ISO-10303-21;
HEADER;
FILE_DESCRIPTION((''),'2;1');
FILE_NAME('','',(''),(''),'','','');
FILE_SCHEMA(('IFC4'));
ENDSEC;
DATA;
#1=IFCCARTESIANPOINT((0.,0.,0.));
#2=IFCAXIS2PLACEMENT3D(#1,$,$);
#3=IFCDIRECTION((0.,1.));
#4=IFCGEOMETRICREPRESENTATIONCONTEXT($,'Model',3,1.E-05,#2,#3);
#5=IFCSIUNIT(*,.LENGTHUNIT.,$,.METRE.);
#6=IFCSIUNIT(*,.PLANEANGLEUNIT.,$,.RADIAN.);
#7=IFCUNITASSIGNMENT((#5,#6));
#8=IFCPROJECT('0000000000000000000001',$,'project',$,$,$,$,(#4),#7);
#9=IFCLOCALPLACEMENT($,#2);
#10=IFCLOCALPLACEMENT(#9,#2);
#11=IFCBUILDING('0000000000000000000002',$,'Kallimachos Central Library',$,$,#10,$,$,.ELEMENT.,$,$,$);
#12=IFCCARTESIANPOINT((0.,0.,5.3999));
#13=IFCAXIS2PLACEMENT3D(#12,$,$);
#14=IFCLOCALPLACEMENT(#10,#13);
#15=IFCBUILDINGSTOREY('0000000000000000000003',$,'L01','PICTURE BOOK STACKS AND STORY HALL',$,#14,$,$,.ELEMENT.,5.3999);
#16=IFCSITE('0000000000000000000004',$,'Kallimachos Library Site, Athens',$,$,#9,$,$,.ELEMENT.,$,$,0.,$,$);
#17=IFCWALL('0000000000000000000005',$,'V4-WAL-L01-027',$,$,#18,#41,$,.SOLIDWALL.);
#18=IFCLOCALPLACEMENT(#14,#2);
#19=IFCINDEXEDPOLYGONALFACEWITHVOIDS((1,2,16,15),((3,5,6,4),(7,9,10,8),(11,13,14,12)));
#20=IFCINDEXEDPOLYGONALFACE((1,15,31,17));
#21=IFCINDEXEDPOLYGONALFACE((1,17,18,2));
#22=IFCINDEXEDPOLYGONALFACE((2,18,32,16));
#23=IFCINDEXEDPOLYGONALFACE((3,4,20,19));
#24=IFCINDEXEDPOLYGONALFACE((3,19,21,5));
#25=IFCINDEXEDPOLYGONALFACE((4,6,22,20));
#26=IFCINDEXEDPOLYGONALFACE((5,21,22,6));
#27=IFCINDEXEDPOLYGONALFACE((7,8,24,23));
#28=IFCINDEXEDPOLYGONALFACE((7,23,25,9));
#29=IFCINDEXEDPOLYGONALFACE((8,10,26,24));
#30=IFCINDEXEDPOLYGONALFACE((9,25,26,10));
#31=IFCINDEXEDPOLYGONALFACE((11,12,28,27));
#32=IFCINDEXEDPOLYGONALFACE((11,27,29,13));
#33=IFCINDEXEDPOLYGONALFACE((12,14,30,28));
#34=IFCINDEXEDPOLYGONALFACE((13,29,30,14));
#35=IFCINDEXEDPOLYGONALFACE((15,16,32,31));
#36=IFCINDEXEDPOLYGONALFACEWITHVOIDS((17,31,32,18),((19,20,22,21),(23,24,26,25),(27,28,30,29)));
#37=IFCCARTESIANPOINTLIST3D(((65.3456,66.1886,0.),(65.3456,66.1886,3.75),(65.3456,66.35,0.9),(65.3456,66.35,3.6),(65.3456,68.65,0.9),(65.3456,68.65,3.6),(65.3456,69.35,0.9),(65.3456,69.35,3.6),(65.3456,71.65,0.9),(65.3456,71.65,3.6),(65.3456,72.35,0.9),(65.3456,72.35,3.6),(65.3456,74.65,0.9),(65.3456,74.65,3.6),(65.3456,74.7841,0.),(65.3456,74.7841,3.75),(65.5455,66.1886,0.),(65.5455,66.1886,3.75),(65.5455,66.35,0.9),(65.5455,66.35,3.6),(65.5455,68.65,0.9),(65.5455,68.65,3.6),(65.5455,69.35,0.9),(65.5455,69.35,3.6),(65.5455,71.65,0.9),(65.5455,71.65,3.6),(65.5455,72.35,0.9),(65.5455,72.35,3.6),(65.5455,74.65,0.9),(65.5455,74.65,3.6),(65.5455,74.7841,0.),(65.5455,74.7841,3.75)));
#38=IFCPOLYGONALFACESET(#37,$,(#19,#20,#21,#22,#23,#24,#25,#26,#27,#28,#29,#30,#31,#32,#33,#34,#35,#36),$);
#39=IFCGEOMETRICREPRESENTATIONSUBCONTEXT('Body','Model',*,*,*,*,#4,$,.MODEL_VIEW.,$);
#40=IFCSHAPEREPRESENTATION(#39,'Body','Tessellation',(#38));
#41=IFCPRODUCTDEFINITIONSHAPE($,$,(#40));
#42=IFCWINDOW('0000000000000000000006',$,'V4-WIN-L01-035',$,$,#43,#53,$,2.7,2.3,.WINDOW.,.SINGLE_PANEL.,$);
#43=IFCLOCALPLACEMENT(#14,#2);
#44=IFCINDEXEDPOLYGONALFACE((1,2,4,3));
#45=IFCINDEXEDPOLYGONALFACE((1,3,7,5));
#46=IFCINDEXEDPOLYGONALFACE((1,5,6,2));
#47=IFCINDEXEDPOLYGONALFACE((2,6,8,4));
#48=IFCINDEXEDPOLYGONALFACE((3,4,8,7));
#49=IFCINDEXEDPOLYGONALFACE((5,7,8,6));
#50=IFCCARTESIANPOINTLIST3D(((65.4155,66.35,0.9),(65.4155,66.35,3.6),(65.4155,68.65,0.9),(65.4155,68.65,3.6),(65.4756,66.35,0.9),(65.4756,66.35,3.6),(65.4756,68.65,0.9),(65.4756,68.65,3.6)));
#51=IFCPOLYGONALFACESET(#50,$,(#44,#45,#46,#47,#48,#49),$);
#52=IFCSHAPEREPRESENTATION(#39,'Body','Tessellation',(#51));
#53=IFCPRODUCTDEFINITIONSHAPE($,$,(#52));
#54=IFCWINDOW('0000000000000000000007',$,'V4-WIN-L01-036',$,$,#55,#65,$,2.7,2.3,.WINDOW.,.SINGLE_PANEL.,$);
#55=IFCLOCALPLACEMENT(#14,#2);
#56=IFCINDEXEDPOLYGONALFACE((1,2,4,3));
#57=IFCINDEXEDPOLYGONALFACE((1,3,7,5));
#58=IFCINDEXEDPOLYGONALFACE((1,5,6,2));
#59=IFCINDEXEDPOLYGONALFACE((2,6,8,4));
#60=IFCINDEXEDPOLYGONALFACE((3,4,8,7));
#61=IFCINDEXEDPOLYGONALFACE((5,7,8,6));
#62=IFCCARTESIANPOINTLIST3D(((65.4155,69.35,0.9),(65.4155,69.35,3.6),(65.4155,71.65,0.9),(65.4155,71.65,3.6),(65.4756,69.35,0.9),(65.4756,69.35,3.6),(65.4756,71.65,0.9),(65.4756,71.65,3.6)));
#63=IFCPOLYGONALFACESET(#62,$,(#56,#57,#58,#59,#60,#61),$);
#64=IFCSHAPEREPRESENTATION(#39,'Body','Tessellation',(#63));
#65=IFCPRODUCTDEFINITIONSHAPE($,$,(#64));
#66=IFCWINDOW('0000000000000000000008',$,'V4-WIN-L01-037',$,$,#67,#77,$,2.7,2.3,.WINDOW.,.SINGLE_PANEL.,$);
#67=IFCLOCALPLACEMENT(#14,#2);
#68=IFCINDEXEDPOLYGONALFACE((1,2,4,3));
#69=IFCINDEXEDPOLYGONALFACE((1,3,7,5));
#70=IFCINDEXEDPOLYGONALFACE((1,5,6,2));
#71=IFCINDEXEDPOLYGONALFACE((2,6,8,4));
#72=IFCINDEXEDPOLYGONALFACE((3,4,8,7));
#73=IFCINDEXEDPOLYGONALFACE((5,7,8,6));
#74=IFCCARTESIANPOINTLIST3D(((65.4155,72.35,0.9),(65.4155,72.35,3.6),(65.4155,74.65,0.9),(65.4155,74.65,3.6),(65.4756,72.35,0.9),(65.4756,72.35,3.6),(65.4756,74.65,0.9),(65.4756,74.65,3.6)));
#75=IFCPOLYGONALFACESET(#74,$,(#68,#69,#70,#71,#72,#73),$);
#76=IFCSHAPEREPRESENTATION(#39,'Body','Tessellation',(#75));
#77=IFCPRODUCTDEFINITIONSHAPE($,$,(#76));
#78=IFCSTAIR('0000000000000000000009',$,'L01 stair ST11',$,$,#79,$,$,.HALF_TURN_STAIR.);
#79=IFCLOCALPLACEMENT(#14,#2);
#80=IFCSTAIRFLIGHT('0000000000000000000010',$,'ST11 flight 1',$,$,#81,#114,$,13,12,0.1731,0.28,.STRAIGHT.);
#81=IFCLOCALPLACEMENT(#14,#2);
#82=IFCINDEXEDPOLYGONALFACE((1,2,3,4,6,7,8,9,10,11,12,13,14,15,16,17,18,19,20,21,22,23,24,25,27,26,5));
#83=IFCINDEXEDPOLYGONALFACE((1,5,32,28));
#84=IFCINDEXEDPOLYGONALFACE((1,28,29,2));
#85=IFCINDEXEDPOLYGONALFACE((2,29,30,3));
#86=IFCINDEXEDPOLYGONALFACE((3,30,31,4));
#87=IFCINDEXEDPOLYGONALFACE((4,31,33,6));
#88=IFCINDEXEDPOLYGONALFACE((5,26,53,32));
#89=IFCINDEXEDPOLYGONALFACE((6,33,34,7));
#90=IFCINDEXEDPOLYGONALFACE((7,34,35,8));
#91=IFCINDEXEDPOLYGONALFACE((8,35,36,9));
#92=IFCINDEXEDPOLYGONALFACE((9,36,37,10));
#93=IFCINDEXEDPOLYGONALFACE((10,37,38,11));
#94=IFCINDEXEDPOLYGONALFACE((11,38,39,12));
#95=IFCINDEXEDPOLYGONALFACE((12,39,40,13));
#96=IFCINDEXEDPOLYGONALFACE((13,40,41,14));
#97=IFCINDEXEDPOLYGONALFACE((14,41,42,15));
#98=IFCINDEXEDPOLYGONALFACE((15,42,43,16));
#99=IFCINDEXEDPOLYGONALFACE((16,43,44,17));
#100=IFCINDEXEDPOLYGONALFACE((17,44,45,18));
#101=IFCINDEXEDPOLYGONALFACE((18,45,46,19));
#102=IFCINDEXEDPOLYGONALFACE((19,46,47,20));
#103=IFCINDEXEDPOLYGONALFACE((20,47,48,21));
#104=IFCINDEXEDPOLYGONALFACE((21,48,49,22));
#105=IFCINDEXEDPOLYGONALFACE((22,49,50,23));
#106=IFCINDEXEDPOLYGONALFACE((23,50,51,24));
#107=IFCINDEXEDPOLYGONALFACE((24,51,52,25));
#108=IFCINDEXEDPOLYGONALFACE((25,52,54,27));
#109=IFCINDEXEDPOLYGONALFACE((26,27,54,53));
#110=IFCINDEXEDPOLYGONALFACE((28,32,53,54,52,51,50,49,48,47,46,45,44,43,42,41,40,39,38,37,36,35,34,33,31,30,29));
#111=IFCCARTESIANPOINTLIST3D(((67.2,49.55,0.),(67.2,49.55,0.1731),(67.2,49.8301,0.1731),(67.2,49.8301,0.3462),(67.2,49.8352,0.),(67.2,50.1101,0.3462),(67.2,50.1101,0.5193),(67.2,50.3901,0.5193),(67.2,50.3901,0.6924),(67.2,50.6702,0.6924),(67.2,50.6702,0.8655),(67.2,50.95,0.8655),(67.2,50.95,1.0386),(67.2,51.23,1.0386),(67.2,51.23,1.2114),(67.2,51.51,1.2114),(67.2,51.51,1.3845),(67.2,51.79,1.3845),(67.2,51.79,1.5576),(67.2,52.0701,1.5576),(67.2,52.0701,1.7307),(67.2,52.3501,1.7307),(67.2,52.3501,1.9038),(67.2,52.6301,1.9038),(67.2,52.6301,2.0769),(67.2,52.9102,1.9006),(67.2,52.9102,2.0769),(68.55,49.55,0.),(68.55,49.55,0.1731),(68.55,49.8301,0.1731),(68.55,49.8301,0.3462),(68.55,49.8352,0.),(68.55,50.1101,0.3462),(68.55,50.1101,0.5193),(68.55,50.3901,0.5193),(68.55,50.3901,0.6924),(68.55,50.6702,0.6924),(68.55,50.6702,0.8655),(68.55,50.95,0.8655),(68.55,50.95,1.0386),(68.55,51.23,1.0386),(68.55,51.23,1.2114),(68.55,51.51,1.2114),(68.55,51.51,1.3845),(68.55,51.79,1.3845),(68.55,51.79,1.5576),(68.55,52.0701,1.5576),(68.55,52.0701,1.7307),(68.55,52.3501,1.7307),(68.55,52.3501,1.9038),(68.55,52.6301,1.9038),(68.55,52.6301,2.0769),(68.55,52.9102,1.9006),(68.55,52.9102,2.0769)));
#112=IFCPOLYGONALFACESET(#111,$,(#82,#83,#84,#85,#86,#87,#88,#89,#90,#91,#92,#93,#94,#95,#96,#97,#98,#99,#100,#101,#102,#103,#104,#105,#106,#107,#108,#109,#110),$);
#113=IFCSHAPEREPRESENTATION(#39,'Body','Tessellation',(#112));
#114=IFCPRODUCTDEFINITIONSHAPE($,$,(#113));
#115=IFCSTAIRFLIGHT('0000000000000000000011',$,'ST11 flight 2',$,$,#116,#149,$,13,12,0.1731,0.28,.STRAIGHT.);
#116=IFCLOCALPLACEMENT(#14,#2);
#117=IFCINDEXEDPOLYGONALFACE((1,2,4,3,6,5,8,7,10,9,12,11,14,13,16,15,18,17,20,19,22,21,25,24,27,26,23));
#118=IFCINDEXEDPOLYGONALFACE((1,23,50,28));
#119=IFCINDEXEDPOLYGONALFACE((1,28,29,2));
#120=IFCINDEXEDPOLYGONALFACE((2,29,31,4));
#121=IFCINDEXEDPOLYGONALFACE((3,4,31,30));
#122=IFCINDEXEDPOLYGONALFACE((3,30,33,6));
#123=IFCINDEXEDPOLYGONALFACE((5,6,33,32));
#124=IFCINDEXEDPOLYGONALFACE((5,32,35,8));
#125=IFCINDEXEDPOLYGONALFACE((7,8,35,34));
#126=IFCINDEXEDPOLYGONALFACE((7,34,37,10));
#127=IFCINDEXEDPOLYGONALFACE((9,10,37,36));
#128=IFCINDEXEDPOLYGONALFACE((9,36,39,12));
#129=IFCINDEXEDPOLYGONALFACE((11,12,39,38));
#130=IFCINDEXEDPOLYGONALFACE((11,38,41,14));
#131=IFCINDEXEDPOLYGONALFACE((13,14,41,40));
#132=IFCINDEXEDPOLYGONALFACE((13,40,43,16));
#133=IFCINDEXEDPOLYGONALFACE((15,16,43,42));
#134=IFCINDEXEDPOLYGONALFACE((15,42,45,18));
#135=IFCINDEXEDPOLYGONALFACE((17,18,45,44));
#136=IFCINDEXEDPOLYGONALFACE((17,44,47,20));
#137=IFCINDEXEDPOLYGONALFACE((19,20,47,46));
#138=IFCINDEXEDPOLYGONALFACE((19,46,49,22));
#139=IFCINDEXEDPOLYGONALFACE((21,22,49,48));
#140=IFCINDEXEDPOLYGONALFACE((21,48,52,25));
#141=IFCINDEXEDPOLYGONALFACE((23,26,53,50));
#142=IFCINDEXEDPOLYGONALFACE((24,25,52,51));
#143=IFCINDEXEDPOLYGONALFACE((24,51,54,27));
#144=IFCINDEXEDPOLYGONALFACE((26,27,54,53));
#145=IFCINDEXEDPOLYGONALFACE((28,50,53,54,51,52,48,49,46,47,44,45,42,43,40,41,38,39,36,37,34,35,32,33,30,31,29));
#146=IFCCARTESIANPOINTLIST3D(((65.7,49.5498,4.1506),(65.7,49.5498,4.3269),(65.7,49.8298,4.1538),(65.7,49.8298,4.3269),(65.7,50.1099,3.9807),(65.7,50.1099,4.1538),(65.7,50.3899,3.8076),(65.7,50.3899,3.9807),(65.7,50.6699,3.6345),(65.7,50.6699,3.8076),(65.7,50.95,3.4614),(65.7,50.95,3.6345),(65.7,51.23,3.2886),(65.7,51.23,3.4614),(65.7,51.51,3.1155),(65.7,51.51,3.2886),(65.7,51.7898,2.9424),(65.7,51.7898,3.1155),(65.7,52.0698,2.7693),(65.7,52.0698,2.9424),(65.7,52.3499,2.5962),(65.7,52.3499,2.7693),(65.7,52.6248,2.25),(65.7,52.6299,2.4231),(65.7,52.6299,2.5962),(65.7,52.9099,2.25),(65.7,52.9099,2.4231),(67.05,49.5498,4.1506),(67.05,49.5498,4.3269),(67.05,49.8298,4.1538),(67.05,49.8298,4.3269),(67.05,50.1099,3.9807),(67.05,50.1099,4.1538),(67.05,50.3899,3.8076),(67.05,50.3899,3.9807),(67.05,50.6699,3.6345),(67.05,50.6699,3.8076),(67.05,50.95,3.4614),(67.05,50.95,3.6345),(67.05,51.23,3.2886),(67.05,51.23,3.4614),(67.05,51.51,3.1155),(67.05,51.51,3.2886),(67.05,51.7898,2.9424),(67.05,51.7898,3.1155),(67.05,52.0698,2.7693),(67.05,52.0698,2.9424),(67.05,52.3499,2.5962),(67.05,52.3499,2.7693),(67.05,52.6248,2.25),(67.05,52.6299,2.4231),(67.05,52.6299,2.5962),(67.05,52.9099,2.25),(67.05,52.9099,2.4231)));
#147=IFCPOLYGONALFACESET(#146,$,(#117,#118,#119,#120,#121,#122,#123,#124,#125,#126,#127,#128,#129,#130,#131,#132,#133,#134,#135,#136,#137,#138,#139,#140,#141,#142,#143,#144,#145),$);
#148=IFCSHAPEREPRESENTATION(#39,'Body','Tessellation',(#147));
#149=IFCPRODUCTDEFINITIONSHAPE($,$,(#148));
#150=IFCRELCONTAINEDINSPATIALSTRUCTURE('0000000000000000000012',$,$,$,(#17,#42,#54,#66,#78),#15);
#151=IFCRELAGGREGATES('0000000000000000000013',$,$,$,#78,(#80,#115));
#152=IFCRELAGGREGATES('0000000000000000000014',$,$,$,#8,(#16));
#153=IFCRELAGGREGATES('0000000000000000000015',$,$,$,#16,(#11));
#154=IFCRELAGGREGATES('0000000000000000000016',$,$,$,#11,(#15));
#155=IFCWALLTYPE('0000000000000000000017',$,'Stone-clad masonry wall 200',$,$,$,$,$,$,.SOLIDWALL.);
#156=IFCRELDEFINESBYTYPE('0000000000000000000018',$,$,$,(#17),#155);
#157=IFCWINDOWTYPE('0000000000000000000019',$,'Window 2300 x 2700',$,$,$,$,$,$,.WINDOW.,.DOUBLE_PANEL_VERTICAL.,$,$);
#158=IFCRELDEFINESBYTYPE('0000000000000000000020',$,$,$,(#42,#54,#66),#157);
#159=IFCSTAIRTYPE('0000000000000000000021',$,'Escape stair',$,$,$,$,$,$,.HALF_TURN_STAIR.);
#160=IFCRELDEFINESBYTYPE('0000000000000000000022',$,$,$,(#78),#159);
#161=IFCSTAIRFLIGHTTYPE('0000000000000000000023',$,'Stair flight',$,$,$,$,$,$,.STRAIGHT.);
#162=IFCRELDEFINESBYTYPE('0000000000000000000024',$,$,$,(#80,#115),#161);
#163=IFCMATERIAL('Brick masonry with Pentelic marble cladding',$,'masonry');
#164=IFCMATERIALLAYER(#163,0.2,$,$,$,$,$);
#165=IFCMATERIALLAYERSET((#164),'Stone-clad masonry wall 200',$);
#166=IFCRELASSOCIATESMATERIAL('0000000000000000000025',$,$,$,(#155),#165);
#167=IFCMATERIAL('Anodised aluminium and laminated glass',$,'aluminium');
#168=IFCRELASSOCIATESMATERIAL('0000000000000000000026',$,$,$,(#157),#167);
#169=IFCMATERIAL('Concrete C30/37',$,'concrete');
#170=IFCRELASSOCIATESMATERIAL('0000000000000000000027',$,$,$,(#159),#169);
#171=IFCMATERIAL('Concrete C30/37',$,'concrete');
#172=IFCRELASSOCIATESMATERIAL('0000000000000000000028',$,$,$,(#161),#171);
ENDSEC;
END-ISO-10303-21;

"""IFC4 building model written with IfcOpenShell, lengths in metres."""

from ifc_helpers import new_model, si_unit, direction, frame, frame_2d, origin, place, context, subcontext, project, spatial, polyline, rectangle, outline, extrude, material, layer, layer_set, type_object, element, fill, aggregate, save


model = new_model("IFC4")

# Units and contexts
model_context = context("Model", 3, precision=1e-05, world=origin(), true_north=direction((0.0, 1.0)))
body_context = subcontext(model_context, "Body", "Model", "MODEL_VIEW")
ifc_project = project(units=[si_unit("LENGTHUNIT", "METRE"), si_unit("PLANEANGLEUNIT", "RADIAN")], contexts=[model_context])

# Site, building, storey
site_placement = place(None, origin())
site = spatial("IfcSite", under=ifc_project, at=site_placement, Name="Kallimachos Library Site, Athens", CompositionType="ELEMENT", RefElevation=0.0)
building_placement = place(site_placement, origin())
building = spatial("IfcBuilding", under=site, at=building_placement, Name="Kallimachos Central Library", CompositionType="ELEMENT")
storey_placement = place(building_placement, frame((0.0, 0.0, 5.3999)))
storey = spatial("IfcBuildingStorey", under=building, at=storey_placement, Name="L01", Description="PICTURE BOOK STACKS AND STORY HALL", CompositionType="ELEMENT", Elevation=5.3999)

# Wall, openings, windows
ifc_material_1 = material(Name="Brick masonry with Pentelic marble cladding", Category="masonry")
ifc_layer_1 = layer(ifc_material_1, 0.2)
ifc_layer_set_1 = layer_set([ifc_layer_1], Name="Stone-clad masonry wall 200")
wall_type_1 = type_object("IfcWallType", Name="Stone-clad masonry wall 200", PredefinedType="SOLIDWALL", material=ifc_layer_set_1)
wall_1_placement = place(storey_placement, frame((65.4456, 66.1885, 0.0), z_axis=(0.0, 0.0, 1.0), x_axis=(0.0, 1.0, 0.0)))
wall_1 = element("IfcWall", 1, at=wall_1_placement, inside=storey, type_object=wall_type_1, Name="V4-WAL-L01-027", PredefinedType="SOLIDWALL", context=body_context, shape_type="SweptSolid", body=[
    extrude(rectangle(XDim=8.5955, YDim=0.2, at=frame_2d((4.2979, 0.0))), origin(), (0.0, 0.0, 1.0), 3.75),
])
opening_1_placement = place(wall_1_placement, frame((0.1616, 0.0, 0.8999)))
opening_1 = element("IfcOpeningElement", 2, at=opening_1_placement, cuts=wall_1, PredefinedType="OPENING", context=body_context, shape_type="SweptSolid", body=[
    extrude(rectangle(XDim=2.3, YDim=2.7, at=frame_2d((1.1499, 1.3501))), frame((0.0, 0.1099, 0.0), z_axis=(0.0, -1.0, 0.0), x_axis=(1.0, 0.0, 0.0)), (0.0, 0.0, 1.0), 0.22),
])
opening_2_placement = place(wall_1_placement, frame((3.1616, 0.0, 0.8999)))
opening_2 = element("IfcOpeningElement", 3, at=opening_2_placement, cuts=wall_1, PredefinedType="OPENING", context=body_context, shape_type="SweptSolid", body=[
    extrude(rectangle(XDim=2.3, YDim=2.7, at=frame_2d((1.1499, 1.3501))), frame((0.0, 0.1099, 0.0), z_axis=(0.0, -1.0, 0.0), x_axis=(1.0, 0.0, 0.0)), (0.0, 0.0, 1.0), 0.22),
])
opening_3_placement = place(wall_1_placement, frame((6.1616, 0.0, 0.8999)))
opening_3 = element("IfcOpeningElement", 4, at=opening_3_placement, cuts=wall_1, PredefinedType="OPENING", context=body_context, shape_type="SweptSolid", body=[
    extrude(rectangle(XDim=2.3, YDim=2.7, at=frame_2d((1.1499, 1.3501))), frame((0.0, 0.1099, 0.0), z_axis=(0.0, -1.0, 0.0), x_axis=(1.0, 0.0, 0.0)), (0.0, 0.0, 1.0), 0.22),
])
ifc_material_2 = material(Name="Anodised aluminium and laminated glass", Category="aluminium")
window_type = type_object("IfcWindowType", Name="Window 2300 x 2700", PartitioningType="DOUBLE_PANEL_VERTICAL", PredefinedType="WINDOW", material=ifc_material_2)
window_1_placement = place(opening_1_placement, origin())
window_1 = element("IfcWindow", 5, at=window_1_placement, inside=storey, type_object=window_type, Name="V4-WIN-L01-035", OverallHeight=2.7, OverallWidth=2.3, PartitioningType="SINGLE_PANEL", PredefinedType="WINDOW", context=body_context, shape_type="SweptSolid", body=[
    extrude(rectangle(XDim=2.3, YDim=2.7, at=frame_2d((1.1499, 1.3501))), frame((0.0, 0.03, 0.0), z_axis=(0.0, -1.0, 0.0), x_axis=(1.0, 0.0, 0.0)), (0.0, 0.0, 1.0), 0.0601),
])
fill(opening_1, window_1)
window_2_placement = place(opening_2_placement, origin())
window_2 = element("IfcWindow", 6, at=window_2_placement, inside=storey, type_object=window_type, Name="V4-WIN-L01-036", OverallHeight=2.7, OverallWidth=2.3, PartitioningType="SINGLE_PANEL", PredefinedType="WINDOW", context=body_context, shape_type="SweptSolid", body=[
    extrude(rectangle(XDim=2.3, YDim=2.7, at=frame_2d((1.1499, 1.3501))), frame((0.0, 0.03, 0.0), z_axis=(0.0, -1.0, 0.0), x_axis=(1.0, 0.0, 0.0)), (0.0, 0.0, 1.0), 0.0601),
])
fill(opening_2, window_2)
window_3_placement = place(opening_3_placement, origin())
window_3 = element("IfcWindow", 7, at=window_3_placement, inside=storey, type_object=window_type, Name="V4-WIN-L01-037", OverallHeight=2.7, OverallWidth=2.3, PartitioningType="SINGLE_PANEL", PredefinedType="WINDOW", context=body_context, shape_type="SweptSolid", body=[
    extrude(rectangle(XDim=2.3, YDim=2.7, at=frame_2d((1.1499, 1.3501))), frame((0.0, 0.03, 0.0), z_axis=(0.0, -1.0, 0.0), x_axis=(1.0, 0.0, 0.0)), (0.0, 0.0, 1.0), 0.0601),
])
fill(opening_3, window_3)

# Stair, stair flights
ifc_material_3 = material(Name="Concrete C30/37", Category="concrete")
stair_type = type_object("IfcStairType", Name="Escape stair", PredefinedType="HALF_TURN_STAIR", material=ifc_material_3)
stair_placement = place(storey_placement, origin())
stair = element("IfcStair", 8, at=stair_placement, inside=storey, type_object=stair_type, Name="L01 stair ST11", PredefinedType="HALF_TURN_STAIR")
ifc_material_4 = material(Name="Concrete C30/37", Category="concrete")
stair_flight_type = type_object("IfcStairFlightType", Name="Stair flight", PredefinedType="STRAIGHT", material=ifc_material_4)
stair_flight_1_placement = place(storey_placement, frame((67.875, 49.55, 0.0), z_axis=(0.0, 0.0, 1.0), x_axis=(0.0, 1.0, 0.0)))
stair_flight_1 = element("IfcStairFlight", 9, at=stair_flight_1_placement, type_object=stair_flight_type, Name="ST11 flight 1", NumberOfRisers=13, NumberOfTreads=12, PredefinedType="STRAIGHT", RiserHeight=0.1731, TreadLength=0.28, context=body_context, shape_type="SweptSolid", body=[
    extrude(outline(polyline([(0.0, 0.0), (0.0, 0.1731), (0.28, 0.1731), (0.28, 0.3462), (0.5601, 0.3462), (0.5601, 0.5193), (0.8401, 0.5193), (0.8401, 0.6924), (1.1201, 0.6924), (1.1201, 0.8655), (1.3999, 0.8655), (1.3999, 1.0386), (1.6799, 1.0386), (1.6799, 1.2114), (1.96, 1.2114), (1.96, 1.3845), (2.24, 1.3845), (2.24, 1.5576), (2.52, 1.5576), (2.52, 1.7307), (2.8, 1.7307), (2.8, 1.9038), (3.0801, 1.9038), (3.0801, 2.0769), (3.3601, 2.0769), (3.3601, 2.25), (3.3601, 1.9006), (0.2852, 0.0), (0.0, 0.0)])), frame((0.0, 0.675, 0.0), z_axis=(0.0, -1.0, 0.0), x_axis=(1.0, 0.0, 0.0)), (0.0, 0.0, 1.0), 1.3501),
])
stair_flight_2_placement = place(storey_placement, frame((66.375, 52.9099, 2.25), z_axis=(0.0, 0.0, 1.0), x_axis=(0.0, -1.0, 0.0)))
stair_flight_2 = element("IfcStairFlight", 10, at=stair_flight_2_placement, type_object=stair_flight_type, Name="ST11 flight 2", NumberOfRisers=13, NumberOfTreads=12, PredefinedType="STRAIGHT", RiserHeight=0.1731, TreadLength=0.28, context=body_context, shape_type="SweptSolid", body=[
    extrude(outline(polyline([(0.0, 0.0), (0.0, 0.1731), (0.28, 0.1731), (0.28, 0.3462), (0.5601, 0.3462), (0.5601, 0.5193), (0.8401, 0.5193), (0.8401, 0.6924), (1.1201, 0.6924), (1.1201, 0.8655), (1.3999, 0.8655), (1.3999, 1.0386), (1.6799, 1.0386), (1.6799, 1.2114), (1.96, 1.2114), (1.96, 1.3845), (2.24, 1.3845), (2.24, 1.5576), (2.52, 1.5576), (2.52, 1.7307), (2.8, 1.7307), (2.8, 1.9038), (3.0801, 1.9038), (3.0801, 2.0769), (3.3601, 2.0769), (3.3601, 2.25), (3.3601, 1.9006), (0.2852, 0.0), (0.0, 0.0)])), frame((0.0, 0.675, 0.0), z_axis=(0.0, -1.0, 0.0), x_axis=(1.0, 0.0, 0.0)), (0.0, 0.0, 1.0), 1.3501),
])
aggregate(stair, [stair_flight_1, stair_flight_2])

save(model, "model.ifc")
